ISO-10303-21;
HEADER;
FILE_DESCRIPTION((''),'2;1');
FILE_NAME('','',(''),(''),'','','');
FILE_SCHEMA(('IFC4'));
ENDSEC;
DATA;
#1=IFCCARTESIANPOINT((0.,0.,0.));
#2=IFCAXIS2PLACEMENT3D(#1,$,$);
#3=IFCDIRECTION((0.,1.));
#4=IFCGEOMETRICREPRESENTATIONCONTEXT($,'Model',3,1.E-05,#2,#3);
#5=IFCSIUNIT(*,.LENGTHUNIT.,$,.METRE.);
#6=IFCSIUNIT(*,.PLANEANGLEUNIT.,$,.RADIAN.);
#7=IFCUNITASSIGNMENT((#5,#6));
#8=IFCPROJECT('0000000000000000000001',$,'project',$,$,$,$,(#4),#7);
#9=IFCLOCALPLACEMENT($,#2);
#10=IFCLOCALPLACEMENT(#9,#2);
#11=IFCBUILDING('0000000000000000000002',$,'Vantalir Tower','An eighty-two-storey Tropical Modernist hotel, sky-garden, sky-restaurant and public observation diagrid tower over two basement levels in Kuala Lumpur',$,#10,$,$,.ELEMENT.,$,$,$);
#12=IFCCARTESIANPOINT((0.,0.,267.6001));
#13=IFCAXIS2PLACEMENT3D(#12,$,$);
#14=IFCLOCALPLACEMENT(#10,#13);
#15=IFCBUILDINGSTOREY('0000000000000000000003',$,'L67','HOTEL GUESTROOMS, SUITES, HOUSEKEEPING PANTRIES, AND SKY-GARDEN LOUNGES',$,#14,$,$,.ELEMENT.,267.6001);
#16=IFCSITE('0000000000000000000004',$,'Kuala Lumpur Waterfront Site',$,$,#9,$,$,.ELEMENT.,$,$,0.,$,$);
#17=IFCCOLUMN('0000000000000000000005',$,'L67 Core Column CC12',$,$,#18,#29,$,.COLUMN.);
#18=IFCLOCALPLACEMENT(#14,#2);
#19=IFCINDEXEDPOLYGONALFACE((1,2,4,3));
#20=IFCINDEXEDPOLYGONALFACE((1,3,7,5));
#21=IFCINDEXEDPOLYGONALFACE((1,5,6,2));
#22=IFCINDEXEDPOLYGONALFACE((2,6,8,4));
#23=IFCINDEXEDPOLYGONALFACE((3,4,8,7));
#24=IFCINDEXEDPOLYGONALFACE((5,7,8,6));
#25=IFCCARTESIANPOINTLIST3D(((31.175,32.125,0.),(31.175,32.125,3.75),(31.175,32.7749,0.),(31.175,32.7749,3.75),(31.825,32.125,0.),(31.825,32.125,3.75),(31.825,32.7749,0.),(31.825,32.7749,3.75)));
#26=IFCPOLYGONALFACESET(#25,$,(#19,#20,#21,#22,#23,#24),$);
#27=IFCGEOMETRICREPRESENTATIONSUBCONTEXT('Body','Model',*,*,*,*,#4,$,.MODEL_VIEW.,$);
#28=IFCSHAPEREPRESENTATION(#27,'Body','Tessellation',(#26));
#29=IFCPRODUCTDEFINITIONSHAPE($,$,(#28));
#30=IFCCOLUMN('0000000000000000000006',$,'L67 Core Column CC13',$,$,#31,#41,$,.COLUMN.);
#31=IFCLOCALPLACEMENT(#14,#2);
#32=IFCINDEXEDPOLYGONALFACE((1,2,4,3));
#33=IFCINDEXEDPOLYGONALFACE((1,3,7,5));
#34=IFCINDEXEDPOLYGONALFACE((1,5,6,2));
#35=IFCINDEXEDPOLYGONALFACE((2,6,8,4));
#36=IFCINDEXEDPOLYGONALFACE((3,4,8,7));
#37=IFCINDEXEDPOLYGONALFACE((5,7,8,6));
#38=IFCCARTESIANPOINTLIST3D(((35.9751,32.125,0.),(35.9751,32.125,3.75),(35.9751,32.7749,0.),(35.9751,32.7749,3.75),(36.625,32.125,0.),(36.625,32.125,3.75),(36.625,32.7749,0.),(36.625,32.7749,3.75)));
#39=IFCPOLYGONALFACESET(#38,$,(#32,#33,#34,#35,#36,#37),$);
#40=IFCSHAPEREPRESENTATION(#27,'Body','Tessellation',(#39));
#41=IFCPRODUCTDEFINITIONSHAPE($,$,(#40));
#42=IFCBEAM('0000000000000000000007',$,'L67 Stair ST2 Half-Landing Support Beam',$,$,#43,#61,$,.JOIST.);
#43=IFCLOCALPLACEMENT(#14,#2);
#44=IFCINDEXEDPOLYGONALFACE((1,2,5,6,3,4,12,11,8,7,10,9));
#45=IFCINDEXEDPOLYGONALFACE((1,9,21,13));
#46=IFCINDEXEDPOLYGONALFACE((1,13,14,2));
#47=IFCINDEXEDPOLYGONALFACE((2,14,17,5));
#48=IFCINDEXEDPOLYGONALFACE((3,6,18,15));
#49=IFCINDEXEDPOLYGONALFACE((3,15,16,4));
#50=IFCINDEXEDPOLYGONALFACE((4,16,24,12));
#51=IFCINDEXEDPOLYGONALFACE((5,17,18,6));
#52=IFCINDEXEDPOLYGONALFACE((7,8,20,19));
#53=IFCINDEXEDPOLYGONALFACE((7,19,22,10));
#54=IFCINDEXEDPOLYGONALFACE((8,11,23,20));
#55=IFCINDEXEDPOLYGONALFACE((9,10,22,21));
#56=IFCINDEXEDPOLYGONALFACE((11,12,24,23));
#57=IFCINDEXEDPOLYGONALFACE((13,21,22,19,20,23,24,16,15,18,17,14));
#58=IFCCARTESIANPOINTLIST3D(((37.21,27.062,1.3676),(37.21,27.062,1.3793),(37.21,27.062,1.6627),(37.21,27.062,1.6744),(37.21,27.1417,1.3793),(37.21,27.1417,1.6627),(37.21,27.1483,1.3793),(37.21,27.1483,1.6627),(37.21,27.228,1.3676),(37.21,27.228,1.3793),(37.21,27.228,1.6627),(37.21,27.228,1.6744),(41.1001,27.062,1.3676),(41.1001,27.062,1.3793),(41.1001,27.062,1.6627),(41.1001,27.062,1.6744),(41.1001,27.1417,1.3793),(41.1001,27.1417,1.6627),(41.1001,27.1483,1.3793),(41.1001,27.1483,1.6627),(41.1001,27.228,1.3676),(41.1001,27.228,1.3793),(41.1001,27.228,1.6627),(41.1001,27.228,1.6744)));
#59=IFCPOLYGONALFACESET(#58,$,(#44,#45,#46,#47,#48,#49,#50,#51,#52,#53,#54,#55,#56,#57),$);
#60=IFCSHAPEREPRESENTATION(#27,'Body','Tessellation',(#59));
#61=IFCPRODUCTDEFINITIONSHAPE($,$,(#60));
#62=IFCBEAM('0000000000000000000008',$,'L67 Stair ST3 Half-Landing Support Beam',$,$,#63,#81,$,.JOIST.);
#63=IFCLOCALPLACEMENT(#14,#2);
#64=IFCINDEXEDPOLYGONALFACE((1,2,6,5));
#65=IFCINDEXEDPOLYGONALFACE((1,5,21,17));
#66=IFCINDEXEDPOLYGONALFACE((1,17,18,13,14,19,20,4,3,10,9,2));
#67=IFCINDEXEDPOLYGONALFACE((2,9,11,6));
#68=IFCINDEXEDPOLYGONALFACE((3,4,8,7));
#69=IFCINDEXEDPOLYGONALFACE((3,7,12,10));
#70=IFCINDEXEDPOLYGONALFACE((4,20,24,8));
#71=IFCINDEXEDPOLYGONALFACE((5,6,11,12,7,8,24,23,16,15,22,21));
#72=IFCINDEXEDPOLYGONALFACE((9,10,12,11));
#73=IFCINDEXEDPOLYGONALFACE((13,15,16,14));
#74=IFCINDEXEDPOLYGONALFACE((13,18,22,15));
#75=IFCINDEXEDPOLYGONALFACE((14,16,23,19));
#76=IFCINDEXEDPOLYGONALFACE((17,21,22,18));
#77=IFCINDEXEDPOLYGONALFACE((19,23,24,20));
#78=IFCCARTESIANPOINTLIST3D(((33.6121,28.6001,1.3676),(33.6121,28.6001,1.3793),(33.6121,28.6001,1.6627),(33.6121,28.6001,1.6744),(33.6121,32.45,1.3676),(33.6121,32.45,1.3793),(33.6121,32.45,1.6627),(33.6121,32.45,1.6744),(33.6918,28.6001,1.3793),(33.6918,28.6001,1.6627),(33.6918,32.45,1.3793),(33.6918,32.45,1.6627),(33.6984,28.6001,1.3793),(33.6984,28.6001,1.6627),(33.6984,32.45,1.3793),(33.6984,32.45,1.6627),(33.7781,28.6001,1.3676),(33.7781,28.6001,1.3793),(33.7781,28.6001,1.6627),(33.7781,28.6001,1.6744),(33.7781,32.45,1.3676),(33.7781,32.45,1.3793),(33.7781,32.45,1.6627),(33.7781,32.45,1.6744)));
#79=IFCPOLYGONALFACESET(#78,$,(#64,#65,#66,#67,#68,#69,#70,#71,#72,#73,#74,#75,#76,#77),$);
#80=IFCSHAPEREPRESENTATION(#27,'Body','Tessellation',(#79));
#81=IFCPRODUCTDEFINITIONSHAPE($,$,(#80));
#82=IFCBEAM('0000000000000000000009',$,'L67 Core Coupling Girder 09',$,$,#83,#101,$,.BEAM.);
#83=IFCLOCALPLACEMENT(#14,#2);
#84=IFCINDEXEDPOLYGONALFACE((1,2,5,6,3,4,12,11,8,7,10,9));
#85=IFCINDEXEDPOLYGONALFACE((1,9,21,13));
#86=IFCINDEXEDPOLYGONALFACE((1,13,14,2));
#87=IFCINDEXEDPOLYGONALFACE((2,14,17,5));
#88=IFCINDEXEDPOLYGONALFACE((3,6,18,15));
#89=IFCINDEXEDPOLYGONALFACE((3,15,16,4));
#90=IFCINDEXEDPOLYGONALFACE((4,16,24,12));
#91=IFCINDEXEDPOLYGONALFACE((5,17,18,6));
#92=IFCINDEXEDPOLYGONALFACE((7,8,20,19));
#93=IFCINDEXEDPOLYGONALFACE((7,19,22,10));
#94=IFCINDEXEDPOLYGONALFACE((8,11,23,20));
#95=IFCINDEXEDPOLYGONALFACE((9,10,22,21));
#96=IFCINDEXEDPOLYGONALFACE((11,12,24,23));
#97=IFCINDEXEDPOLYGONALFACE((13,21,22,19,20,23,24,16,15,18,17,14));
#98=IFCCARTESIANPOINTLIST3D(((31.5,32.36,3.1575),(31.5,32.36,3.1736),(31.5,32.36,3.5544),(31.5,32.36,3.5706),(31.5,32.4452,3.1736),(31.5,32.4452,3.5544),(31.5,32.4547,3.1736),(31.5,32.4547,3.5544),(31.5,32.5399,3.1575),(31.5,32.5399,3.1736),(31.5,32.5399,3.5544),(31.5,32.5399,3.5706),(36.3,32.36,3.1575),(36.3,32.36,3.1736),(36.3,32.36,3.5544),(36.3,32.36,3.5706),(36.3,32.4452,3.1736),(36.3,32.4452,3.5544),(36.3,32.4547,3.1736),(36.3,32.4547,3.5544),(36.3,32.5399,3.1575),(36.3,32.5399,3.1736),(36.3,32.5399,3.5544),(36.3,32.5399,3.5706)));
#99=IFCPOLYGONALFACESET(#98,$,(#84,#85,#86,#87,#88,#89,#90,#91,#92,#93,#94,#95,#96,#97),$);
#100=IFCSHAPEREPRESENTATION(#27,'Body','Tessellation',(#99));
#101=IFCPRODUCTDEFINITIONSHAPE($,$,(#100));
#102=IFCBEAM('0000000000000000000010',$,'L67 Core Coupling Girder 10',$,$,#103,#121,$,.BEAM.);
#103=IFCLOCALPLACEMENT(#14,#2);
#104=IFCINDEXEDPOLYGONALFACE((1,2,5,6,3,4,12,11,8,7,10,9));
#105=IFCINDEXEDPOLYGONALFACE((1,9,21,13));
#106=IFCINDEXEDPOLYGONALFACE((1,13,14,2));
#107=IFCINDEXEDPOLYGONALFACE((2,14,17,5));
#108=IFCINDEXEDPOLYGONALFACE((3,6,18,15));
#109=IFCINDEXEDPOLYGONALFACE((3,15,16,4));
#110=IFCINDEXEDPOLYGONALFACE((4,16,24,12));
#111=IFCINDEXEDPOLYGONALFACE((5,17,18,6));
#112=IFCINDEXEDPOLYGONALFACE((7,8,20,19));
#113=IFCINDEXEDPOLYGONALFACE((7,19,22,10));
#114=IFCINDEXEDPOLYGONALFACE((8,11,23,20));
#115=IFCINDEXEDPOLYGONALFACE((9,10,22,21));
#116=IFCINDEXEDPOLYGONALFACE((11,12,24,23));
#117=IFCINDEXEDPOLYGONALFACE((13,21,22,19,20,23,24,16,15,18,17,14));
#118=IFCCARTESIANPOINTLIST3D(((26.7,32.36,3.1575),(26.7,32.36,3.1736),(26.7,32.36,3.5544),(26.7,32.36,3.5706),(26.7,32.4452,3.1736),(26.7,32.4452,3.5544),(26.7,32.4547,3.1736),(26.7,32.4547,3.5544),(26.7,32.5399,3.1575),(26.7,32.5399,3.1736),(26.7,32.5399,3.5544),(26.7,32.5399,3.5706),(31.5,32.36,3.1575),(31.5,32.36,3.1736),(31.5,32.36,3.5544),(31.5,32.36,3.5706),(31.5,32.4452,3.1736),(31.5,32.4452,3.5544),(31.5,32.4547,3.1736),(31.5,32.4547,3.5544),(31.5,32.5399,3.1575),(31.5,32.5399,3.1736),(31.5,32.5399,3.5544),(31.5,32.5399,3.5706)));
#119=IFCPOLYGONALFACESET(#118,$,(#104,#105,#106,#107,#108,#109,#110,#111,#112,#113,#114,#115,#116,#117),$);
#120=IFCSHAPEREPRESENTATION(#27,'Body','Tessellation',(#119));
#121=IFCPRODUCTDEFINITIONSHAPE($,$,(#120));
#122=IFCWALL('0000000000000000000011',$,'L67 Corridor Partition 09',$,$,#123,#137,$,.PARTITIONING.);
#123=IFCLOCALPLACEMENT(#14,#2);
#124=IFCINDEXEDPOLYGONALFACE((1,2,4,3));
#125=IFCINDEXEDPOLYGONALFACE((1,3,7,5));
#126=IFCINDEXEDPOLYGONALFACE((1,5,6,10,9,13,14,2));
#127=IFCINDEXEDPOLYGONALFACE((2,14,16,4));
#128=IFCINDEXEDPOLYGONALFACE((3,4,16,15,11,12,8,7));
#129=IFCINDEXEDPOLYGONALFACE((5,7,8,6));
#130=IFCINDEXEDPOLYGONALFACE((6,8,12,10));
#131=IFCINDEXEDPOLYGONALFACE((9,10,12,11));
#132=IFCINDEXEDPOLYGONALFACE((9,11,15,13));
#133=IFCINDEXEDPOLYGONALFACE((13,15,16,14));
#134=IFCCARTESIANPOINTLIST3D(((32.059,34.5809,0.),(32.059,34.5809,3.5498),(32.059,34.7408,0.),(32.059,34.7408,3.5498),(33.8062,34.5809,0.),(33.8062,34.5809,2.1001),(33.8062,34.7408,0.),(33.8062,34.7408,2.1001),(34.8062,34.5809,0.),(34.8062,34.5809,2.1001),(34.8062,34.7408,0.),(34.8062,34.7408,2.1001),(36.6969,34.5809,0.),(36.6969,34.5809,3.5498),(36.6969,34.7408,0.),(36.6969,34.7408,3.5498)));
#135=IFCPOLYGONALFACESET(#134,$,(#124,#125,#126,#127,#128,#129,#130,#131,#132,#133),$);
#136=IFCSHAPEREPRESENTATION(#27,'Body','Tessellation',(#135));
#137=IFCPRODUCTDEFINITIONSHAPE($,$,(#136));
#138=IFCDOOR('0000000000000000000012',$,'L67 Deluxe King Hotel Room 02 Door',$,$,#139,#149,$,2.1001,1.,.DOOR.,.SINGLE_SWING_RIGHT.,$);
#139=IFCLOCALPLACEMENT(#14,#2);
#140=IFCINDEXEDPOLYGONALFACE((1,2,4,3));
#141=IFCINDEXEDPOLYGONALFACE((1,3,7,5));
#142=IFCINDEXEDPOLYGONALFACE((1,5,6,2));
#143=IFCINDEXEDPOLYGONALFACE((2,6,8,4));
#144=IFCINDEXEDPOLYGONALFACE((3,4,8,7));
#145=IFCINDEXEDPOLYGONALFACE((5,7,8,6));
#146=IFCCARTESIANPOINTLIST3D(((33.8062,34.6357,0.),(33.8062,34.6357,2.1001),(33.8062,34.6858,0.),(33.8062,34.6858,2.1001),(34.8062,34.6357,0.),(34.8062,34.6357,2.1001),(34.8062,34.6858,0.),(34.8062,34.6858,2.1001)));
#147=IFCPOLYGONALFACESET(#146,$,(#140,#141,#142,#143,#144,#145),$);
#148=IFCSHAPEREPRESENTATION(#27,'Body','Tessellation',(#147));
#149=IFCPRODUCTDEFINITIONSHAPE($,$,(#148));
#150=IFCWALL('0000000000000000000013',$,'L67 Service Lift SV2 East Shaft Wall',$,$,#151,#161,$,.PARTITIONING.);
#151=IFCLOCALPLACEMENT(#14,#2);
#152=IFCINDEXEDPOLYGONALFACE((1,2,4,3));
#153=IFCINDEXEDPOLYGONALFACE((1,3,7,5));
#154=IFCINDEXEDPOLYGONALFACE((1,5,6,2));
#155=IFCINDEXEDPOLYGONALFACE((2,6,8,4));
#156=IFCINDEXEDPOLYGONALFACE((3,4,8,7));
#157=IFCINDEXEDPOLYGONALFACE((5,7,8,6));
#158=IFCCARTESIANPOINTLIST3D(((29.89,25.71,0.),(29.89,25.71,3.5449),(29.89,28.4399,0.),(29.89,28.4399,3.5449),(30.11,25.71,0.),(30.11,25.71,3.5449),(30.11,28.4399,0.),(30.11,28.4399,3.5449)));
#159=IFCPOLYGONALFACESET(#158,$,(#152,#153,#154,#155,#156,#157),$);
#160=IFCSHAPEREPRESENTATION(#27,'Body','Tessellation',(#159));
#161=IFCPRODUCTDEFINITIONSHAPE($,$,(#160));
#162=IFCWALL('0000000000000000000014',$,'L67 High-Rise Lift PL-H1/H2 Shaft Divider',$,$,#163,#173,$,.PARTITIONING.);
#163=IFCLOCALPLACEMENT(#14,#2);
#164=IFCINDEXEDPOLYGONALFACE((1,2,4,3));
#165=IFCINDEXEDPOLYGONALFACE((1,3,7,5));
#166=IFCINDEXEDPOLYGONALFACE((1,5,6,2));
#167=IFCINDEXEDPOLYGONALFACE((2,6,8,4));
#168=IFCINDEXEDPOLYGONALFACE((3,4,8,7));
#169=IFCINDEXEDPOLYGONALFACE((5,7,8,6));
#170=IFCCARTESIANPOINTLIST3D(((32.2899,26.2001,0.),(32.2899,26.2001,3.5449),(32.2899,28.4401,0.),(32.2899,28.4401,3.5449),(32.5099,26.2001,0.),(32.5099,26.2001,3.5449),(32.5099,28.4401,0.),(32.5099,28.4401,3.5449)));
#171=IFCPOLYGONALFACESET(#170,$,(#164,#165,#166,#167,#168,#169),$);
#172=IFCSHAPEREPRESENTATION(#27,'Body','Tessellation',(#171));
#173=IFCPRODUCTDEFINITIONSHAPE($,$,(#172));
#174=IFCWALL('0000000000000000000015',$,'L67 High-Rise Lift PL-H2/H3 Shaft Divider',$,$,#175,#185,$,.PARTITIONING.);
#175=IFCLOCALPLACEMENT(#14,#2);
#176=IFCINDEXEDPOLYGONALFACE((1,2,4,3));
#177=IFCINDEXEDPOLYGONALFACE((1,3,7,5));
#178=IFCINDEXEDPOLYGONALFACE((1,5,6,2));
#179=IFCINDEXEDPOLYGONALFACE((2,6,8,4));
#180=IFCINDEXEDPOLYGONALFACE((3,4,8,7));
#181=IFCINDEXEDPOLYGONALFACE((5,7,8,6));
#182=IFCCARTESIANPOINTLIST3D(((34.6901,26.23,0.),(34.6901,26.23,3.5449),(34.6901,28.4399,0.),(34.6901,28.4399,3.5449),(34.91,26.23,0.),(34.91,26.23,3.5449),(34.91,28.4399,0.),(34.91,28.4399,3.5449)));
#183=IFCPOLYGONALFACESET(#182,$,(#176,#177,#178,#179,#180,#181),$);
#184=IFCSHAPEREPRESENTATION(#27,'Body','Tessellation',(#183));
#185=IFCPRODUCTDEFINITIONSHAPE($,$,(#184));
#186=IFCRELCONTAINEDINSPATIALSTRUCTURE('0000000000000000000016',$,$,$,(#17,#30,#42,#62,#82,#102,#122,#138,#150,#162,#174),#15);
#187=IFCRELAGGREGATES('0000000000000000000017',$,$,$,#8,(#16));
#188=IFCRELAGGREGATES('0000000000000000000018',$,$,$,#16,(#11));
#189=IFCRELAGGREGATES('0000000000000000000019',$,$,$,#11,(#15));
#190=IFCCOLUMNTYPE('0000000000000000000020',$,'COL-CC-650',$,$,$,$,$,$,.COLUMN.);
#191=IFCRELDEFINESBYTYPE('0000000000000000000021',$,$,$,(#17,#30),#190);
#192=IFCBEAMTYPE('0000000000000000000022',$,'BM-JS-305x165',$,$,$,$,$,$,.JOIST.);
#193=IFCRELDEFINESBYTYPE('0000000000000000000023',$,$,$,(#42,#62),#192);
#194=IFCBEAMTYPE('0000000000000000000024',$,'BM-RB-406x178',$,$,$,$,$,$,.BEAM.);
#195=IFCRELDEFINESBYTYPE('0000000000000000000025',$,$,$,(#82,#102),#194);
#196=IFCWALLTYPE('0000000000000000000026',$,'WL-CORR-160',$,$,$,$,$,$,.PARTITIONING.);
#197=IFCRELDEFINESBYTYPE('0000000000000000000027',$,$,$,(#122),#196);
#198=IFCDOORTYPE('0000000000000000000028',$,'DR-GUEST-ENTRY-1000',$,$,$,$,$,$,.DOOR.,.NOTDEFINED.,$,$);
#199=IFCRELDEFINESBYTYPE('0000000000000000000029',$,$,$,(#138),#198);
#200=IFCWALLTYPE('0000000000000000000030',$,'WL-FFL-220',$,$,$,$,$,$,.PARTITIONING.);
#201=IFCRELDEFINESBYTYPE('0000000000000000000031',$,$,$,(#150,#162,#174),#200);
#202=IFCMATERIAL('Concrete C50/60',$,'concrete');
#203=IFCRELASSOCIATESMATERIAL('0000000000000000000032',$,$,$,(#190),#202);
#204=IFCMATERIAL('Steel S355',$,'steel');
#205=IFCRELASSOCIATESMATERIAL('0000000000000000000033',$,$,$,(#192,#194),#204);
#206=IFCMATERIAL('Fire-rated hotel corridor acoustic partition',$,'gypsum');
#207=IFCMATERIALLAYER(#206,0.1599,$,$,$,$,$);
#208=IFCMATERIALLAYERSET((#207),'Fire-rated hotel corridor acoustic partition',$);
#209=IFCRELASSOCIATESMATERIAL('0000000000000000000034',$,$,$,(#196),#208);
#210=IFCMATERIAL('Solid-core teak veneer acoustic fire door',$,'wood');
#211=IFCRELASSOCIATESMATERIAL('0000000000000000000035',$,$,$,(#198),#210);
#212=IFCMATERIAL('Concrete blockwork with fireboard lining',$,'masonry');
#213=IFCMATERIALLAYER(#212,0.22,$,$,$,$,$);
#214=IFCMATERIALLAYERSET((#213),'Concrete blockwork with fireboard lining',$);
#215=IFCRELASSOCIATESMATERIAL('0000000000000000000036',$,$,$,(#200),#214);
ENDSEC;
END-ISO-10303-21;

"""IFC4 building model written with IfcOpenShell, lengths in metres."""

from ifc_helpers import new_model, si_unit, direction, frame, frame_2d, origin, origin_2d, place, context, subcontext, project, spatial, rectangle, i_section, extrude, material, layer, layer_set, material_profile, profile_set, type_object, element, fill, save


model = new_model("IFC4")

# Units and contexts
model_context = context("Model", 3, precision=1e-05, world=origin(), true_north=direction((0.0, 1.0)))
body_context = subcontext(model_context, "Body", "Model", "MODEL_VIEW")
ifc_project = project(units=[si_unit("LENGTHUNIT", "METRE"), si_unit("PLANEANGLEUNIT", "RADIAN")], contexts=[model_context])

# Site, building, storey
site_placement = place(None, origin())
site = spatial("IfcSite", under=ifc_project, at=site_placement, Name="Kuala Lumpur Waterfront Site", CompositionType="ELEMENT", RefElevation=0.0)
building_placement = place(site_placement, origin())
building = spatial("IfcBuilding", under=site, at=building_placement, Name="Vantalir Tower", Description="An eighty-two-storey Tropical Modernist hotel, sky-garden, sky-restaurant and public observation diagrid tower over two basement levels in Kuala Lumpur", CompositionType="ELEMENT")
storey_placement = place(building_placement, frame((0.0, 0.0, 267.6001)))
storey = spatial("IfcBuildingStorey", under=building, at=storey_placement, Name="L67", Description="HOTEL GUESTROOMS, SUITES, HOUSEKEEPING PANTRIES, AND SKY-GARDEN LOUNGES", CompositionType="ELEMENT", Elevation=267.6001)

# Columns
ifc_material_1 = material(Name="Concrete C50/60", Category="concrete")
ifc_material_profile_1 = material_profile(ifc_material_1, rectangle(XDim=0.6499, YDim=0.6499, at=origin_2d()), Name="Concrete C50/60")
ifc_profile_set_1 = profile_set([ifc_material_profile_1], Name="Concrete C50/60")
column_type = type_object("IfcColumnType", Name="COL-CC-650", PredefinedType="COLUMN", material=ifc_profile_set_1)
for number, where, z_axis, x_axis, name in (
    (1, (31.5, 32.45, 0.0), (0.0, 0.0, 1.0), (1.0, 0.0, 0.0), "L67 Core Column CC12"),
    (2, (36.3, 32.45, 0.0), (0.0, 0.0, 1.0), (1.0, 0.0, 0.0), "L67 Core Column CC13"),
):
    element("IfcColumn", number, at=place(storey_placement, frame(where, z_axis=z_axis, x_axis=x_axis)), inside=storey, type_object=column_type, Name=name, PredefinedType="COLUMN", context=body_context, shape_type="SweptSolid", body=[
        extrude(rectangle(XDim=0.6499, YDim=0.6499, at=origin_2d()), origin(), (0.0, 0.0, 1.0), 3.75),
    ])

# Beams
ifc_material_2 = material(Name="Steel S355", Category="steel")
ifc_material_profile_2 = material_profile(ifc_material_2, i_section(OverallWidth=0.166, OverallDepth=0.3069, WebThickness=0.0066, FlangeThickness=0.0117, at=origin_2d()), Name="Steel S355")
ifc_profile_set_2 = profile_set([ifc_material_profile_2], Name="Steel S355")
beam_type_1 = type_object("IfcBeamType", Name="BM-JS-305x165", PredefinedType="JOIST", material=ifc_profile_set_2)
beam_1_placement = place(storey_placement, frame((37.21, 27.145, 1.521), z_axis=(1.0, 0.0, 0.0), x_axis=(0.0, 1.0, 0.0)))
element("IfcBeam", 3, at=beam_1_placement, inside=storey, type_object=beam_type_1, Name="L67 Stair ST2 Half-Landing Support Beam", PredefinedType="JOIST", context=body_context, shape_type="SweptSolid", body=[
    extrude(i_section(OverallWidth=0.166, OverallDepth=0.3069, WebThickness=0.0066, FlangeThickness=0.0117, at=origin_2d()), origin(), (0.0, 0.0, 1.0), 3.8901),
])
beam_2_placement = place(storey_placement, frame((33.6951, 28.6001, 1.521), z_axis=(0.0, 1.0, 0.0), x_axis=(-1.0, 0.0, 0.0)))
element("IfcBeam", 4, at=beam_2_placement, inside=storey, type_object=beam_type_1, Name="L67 Stair ST3 Half-Landing Support Beam", PredefinedType="JOIST", context=body_context, shape_type="SweptSolid", body=[
    extrude(i_section(OverallWidth=0.166, OverallDepth=0.3069, WebThickness=0.0066, FlangeThickness=0.0117, at=origin_2d()), origin(), (0.0, 0.0, 1.0), 3.8499),
])
ifc_material_profile_3 = material_profile(ifc_material_2, i_section(OverallWidth=0.1799, OverallDepth=0.4131, WebThickness=0.0095, FlangeThickness=0.0161, at=origin_2d()), Name="Steel S355")
ifc_profile_set_3 = profile_set([ifc_material_profile_3], Name="Steel S355")
beam_type_2 = type_object("IfcBeamType", Name="BM-RB-406x178", PredefinedType="BEAM", material=ifc_profile_set_3)
for number, where, z_axis, x_axis, name in (
    (5, (36.3, 32.45, 3.364), (-1.0, 0.0, 0.0), (0.0, -1.0, 0.0), "L67 Core Coupling Girder 09"),
    (6, (31.5, 32.45, 3.364), (-1.0, 0.0, 0.0), (0.0, -1.0, 0.0), "L67 Core Coupling Girder 10"),
):
    element("IfcBeam", number, at=place(storey_placement, frame(where, z_axis=z_axis, x_axis=x_axis)), inside=storey, type_object=beam_type_2, Name=name, PredefinedType="BEAM", context=body_context, shape_type="SweptSolid", body=[
        extrude(i_section(OverallWidth=0.1799, OverallDepth=0.4131, WebThickness=0.0095, FlangeThickness=0.0161, at=origin_2d()), origin(), (0.0, 0.0, 1.0), 4.8),
    ])

# Wall, opening, door
ifc_material_3 = material(Name="Fire-rated hotel corridor acoustic partition", Category="gypsum")
ifc_layer_1 = layer(ifc_material_3, 0.1599)
ifc_layer_set_1 = layer_set([ifc_layer_1], Name="Fire-rated hotel corridor acoustic partition")
wall_type_1 = type_object("IfcWallType", Name="WL-CORR-160", PredefinedType="PARTITIONING", material=ifc_layer_set_1)
wall_1_placement = place(storey_placement, frame((32.0591, 34.6609, 0.0), z_axis=(0.0, 0.0, 1.0), x_axis=(1.0, 0.0, 0.0)))
wall_1 = element("IfcWall", 7, at=wall_1_placement, inside=storey, type_object=wall_type_1, Name="L67 Corridor Partition 09", PredefinedType="PARTITIONING", context=body_context, shape_type="SweptSolid", body=[
    extrude(rectangle(XDim=4.6379, YDim=0.1599, at=frame_2d((2.3188, 0.0))), origin(), (0.0, 0.0, 1.0), 3.5498),
])
opening_1_placement = place(wall_1_placement, frame((1.7471, 0.0, 0.0)))
opening_1 = element("IfcOpeningElement", 8, at=opening_1_placement, cuts=wall_1, PredefinedType="OPENING", context=body_context, shape_type="SweptSolid", body=[
    extrude(rectangle(XDim=1.0, YDim=2.1001, at=frame_2d((0.5, 1.05))), frame((0.0, 0.0898, 0.0), z_axis=(0.0, -1.0, 0.0), x_axis=(1.0, 0.0, 0.0)), (0.0, 0.0, 1.0), 0.1799),
])
ifc_material_4 = material(Name="Solid-core teak veneer acoustic fire door", Category="wood")
door_type_1 = type_object("IfcDoorType", Name="DR-GUEST-ENTRY-1000", OperationType="NOTDEFINED", PredefinedType="DOOR", material=ifc_material_4)
door_1_placement = place(opening_1_placement, origin())
door_1 = element("IfcDoor", 9, at=door_1_placement, inside=storey, type_object=door_type_1, Name="L67 Deluxe King Hotel Room 02 Door", OperationType="SINGLE_SWING_RIGHT", OverallHeight=2.1001, OverallWidth=1.0, PredefinedType="DOOR", context=body_context, shape_type="SweptSolid", body=[
    extrude(rectangle(XDim=1.0, YDim=2.1001, at=frame_2d((0.5, 1.05))), frame((0.0, 0.0249, 0.0), z_axis=(0.0, -1.0, 0.0), x_axis=(1.0, 0.0, 0.0)), (0.0, 0.0, 1.0), 0.05),
])
fill(opening_1, door_1)

# Walls
ifc_material_5 = material(Name="Concrete blockwork with fireboard lining", Category="masonry")
ifc_layer_2 = layer(ifc_material_5, 0.22)
ifc_layer_set_2 = layer_set([ifc_layer_2], Name="Concrete blockwork with fireboard lining")
wall_type_2 = type_object("IfcWallType", Name="WL-FFL-220", PredefinedType="PARTITIONING", material=ifc_layer_set_2)
wall_2_placement = place(storey_placement, frame((30.0, 25.71, 0.0), z_axis=(0.0, 0.0, 1.0), x_axis=(0.0, 1.0, 0.0)))
element("IfcWall", 10, at=wall_2_placement, inside=storey, type_object=wall_type_2, Name="L67 Service Lift SV2 East Shaft Wall", PredefinedType="PARTITIONING", context=body_context, shape_type="SweptSolid", body=[
    extrude(rectangle(XDim=2.73, YDim=0.22, at=frame_2d((1.365, 0.0))), origin(), (0.0, 0.0, 1.0), 3.5449),
])
wall_3_placement = place(storey_placement, frame((32.3999, 26.2, 0.0), z_axis=(0.0, 0.0, 1.0), x_axis=(0.0, 1.0, 0.0)))
element("IfcWall", 11, at=wall_3_placement, inside=storey, type_object=wall_type_2, Name="L67 High-Rise Lift PL-H1/H2 Shaft Divider", PredefinedType="PARTITIONING", context=body_context, shape_type="SweptSolid", body=[
    extrude(rectangle(XDim=2.24, YDim=0.22, at=frame_2d((1.1201, 0.0))), origin(), (0.0, 0.0, 1.0), 3.5449),
])
wall_4_placement = place(storey_placement, frame((34.8, 26.23, 0.0), z_axis=(0.0, 0.0, 1.0), x_axis=(0.0, 1.0, 0.0)))
element("IfcWall", 12, at=wall_4_placement, inside=storey, type_object=wall_type_2, Name="L67 High-Rise Lift PL-H2/H3 Shaft Divider", PredefinedType="PARTITIONING", context=body_context, shape_type="SweptSolid", body=[
    extrude(rectangle(XDim=2.21, YDim=0.22, at=frame_2d((1.105, 0.0))), origin(), (0.0, 0.0, 1.0), 3.5449),
])

save(model, "model.ifc")
